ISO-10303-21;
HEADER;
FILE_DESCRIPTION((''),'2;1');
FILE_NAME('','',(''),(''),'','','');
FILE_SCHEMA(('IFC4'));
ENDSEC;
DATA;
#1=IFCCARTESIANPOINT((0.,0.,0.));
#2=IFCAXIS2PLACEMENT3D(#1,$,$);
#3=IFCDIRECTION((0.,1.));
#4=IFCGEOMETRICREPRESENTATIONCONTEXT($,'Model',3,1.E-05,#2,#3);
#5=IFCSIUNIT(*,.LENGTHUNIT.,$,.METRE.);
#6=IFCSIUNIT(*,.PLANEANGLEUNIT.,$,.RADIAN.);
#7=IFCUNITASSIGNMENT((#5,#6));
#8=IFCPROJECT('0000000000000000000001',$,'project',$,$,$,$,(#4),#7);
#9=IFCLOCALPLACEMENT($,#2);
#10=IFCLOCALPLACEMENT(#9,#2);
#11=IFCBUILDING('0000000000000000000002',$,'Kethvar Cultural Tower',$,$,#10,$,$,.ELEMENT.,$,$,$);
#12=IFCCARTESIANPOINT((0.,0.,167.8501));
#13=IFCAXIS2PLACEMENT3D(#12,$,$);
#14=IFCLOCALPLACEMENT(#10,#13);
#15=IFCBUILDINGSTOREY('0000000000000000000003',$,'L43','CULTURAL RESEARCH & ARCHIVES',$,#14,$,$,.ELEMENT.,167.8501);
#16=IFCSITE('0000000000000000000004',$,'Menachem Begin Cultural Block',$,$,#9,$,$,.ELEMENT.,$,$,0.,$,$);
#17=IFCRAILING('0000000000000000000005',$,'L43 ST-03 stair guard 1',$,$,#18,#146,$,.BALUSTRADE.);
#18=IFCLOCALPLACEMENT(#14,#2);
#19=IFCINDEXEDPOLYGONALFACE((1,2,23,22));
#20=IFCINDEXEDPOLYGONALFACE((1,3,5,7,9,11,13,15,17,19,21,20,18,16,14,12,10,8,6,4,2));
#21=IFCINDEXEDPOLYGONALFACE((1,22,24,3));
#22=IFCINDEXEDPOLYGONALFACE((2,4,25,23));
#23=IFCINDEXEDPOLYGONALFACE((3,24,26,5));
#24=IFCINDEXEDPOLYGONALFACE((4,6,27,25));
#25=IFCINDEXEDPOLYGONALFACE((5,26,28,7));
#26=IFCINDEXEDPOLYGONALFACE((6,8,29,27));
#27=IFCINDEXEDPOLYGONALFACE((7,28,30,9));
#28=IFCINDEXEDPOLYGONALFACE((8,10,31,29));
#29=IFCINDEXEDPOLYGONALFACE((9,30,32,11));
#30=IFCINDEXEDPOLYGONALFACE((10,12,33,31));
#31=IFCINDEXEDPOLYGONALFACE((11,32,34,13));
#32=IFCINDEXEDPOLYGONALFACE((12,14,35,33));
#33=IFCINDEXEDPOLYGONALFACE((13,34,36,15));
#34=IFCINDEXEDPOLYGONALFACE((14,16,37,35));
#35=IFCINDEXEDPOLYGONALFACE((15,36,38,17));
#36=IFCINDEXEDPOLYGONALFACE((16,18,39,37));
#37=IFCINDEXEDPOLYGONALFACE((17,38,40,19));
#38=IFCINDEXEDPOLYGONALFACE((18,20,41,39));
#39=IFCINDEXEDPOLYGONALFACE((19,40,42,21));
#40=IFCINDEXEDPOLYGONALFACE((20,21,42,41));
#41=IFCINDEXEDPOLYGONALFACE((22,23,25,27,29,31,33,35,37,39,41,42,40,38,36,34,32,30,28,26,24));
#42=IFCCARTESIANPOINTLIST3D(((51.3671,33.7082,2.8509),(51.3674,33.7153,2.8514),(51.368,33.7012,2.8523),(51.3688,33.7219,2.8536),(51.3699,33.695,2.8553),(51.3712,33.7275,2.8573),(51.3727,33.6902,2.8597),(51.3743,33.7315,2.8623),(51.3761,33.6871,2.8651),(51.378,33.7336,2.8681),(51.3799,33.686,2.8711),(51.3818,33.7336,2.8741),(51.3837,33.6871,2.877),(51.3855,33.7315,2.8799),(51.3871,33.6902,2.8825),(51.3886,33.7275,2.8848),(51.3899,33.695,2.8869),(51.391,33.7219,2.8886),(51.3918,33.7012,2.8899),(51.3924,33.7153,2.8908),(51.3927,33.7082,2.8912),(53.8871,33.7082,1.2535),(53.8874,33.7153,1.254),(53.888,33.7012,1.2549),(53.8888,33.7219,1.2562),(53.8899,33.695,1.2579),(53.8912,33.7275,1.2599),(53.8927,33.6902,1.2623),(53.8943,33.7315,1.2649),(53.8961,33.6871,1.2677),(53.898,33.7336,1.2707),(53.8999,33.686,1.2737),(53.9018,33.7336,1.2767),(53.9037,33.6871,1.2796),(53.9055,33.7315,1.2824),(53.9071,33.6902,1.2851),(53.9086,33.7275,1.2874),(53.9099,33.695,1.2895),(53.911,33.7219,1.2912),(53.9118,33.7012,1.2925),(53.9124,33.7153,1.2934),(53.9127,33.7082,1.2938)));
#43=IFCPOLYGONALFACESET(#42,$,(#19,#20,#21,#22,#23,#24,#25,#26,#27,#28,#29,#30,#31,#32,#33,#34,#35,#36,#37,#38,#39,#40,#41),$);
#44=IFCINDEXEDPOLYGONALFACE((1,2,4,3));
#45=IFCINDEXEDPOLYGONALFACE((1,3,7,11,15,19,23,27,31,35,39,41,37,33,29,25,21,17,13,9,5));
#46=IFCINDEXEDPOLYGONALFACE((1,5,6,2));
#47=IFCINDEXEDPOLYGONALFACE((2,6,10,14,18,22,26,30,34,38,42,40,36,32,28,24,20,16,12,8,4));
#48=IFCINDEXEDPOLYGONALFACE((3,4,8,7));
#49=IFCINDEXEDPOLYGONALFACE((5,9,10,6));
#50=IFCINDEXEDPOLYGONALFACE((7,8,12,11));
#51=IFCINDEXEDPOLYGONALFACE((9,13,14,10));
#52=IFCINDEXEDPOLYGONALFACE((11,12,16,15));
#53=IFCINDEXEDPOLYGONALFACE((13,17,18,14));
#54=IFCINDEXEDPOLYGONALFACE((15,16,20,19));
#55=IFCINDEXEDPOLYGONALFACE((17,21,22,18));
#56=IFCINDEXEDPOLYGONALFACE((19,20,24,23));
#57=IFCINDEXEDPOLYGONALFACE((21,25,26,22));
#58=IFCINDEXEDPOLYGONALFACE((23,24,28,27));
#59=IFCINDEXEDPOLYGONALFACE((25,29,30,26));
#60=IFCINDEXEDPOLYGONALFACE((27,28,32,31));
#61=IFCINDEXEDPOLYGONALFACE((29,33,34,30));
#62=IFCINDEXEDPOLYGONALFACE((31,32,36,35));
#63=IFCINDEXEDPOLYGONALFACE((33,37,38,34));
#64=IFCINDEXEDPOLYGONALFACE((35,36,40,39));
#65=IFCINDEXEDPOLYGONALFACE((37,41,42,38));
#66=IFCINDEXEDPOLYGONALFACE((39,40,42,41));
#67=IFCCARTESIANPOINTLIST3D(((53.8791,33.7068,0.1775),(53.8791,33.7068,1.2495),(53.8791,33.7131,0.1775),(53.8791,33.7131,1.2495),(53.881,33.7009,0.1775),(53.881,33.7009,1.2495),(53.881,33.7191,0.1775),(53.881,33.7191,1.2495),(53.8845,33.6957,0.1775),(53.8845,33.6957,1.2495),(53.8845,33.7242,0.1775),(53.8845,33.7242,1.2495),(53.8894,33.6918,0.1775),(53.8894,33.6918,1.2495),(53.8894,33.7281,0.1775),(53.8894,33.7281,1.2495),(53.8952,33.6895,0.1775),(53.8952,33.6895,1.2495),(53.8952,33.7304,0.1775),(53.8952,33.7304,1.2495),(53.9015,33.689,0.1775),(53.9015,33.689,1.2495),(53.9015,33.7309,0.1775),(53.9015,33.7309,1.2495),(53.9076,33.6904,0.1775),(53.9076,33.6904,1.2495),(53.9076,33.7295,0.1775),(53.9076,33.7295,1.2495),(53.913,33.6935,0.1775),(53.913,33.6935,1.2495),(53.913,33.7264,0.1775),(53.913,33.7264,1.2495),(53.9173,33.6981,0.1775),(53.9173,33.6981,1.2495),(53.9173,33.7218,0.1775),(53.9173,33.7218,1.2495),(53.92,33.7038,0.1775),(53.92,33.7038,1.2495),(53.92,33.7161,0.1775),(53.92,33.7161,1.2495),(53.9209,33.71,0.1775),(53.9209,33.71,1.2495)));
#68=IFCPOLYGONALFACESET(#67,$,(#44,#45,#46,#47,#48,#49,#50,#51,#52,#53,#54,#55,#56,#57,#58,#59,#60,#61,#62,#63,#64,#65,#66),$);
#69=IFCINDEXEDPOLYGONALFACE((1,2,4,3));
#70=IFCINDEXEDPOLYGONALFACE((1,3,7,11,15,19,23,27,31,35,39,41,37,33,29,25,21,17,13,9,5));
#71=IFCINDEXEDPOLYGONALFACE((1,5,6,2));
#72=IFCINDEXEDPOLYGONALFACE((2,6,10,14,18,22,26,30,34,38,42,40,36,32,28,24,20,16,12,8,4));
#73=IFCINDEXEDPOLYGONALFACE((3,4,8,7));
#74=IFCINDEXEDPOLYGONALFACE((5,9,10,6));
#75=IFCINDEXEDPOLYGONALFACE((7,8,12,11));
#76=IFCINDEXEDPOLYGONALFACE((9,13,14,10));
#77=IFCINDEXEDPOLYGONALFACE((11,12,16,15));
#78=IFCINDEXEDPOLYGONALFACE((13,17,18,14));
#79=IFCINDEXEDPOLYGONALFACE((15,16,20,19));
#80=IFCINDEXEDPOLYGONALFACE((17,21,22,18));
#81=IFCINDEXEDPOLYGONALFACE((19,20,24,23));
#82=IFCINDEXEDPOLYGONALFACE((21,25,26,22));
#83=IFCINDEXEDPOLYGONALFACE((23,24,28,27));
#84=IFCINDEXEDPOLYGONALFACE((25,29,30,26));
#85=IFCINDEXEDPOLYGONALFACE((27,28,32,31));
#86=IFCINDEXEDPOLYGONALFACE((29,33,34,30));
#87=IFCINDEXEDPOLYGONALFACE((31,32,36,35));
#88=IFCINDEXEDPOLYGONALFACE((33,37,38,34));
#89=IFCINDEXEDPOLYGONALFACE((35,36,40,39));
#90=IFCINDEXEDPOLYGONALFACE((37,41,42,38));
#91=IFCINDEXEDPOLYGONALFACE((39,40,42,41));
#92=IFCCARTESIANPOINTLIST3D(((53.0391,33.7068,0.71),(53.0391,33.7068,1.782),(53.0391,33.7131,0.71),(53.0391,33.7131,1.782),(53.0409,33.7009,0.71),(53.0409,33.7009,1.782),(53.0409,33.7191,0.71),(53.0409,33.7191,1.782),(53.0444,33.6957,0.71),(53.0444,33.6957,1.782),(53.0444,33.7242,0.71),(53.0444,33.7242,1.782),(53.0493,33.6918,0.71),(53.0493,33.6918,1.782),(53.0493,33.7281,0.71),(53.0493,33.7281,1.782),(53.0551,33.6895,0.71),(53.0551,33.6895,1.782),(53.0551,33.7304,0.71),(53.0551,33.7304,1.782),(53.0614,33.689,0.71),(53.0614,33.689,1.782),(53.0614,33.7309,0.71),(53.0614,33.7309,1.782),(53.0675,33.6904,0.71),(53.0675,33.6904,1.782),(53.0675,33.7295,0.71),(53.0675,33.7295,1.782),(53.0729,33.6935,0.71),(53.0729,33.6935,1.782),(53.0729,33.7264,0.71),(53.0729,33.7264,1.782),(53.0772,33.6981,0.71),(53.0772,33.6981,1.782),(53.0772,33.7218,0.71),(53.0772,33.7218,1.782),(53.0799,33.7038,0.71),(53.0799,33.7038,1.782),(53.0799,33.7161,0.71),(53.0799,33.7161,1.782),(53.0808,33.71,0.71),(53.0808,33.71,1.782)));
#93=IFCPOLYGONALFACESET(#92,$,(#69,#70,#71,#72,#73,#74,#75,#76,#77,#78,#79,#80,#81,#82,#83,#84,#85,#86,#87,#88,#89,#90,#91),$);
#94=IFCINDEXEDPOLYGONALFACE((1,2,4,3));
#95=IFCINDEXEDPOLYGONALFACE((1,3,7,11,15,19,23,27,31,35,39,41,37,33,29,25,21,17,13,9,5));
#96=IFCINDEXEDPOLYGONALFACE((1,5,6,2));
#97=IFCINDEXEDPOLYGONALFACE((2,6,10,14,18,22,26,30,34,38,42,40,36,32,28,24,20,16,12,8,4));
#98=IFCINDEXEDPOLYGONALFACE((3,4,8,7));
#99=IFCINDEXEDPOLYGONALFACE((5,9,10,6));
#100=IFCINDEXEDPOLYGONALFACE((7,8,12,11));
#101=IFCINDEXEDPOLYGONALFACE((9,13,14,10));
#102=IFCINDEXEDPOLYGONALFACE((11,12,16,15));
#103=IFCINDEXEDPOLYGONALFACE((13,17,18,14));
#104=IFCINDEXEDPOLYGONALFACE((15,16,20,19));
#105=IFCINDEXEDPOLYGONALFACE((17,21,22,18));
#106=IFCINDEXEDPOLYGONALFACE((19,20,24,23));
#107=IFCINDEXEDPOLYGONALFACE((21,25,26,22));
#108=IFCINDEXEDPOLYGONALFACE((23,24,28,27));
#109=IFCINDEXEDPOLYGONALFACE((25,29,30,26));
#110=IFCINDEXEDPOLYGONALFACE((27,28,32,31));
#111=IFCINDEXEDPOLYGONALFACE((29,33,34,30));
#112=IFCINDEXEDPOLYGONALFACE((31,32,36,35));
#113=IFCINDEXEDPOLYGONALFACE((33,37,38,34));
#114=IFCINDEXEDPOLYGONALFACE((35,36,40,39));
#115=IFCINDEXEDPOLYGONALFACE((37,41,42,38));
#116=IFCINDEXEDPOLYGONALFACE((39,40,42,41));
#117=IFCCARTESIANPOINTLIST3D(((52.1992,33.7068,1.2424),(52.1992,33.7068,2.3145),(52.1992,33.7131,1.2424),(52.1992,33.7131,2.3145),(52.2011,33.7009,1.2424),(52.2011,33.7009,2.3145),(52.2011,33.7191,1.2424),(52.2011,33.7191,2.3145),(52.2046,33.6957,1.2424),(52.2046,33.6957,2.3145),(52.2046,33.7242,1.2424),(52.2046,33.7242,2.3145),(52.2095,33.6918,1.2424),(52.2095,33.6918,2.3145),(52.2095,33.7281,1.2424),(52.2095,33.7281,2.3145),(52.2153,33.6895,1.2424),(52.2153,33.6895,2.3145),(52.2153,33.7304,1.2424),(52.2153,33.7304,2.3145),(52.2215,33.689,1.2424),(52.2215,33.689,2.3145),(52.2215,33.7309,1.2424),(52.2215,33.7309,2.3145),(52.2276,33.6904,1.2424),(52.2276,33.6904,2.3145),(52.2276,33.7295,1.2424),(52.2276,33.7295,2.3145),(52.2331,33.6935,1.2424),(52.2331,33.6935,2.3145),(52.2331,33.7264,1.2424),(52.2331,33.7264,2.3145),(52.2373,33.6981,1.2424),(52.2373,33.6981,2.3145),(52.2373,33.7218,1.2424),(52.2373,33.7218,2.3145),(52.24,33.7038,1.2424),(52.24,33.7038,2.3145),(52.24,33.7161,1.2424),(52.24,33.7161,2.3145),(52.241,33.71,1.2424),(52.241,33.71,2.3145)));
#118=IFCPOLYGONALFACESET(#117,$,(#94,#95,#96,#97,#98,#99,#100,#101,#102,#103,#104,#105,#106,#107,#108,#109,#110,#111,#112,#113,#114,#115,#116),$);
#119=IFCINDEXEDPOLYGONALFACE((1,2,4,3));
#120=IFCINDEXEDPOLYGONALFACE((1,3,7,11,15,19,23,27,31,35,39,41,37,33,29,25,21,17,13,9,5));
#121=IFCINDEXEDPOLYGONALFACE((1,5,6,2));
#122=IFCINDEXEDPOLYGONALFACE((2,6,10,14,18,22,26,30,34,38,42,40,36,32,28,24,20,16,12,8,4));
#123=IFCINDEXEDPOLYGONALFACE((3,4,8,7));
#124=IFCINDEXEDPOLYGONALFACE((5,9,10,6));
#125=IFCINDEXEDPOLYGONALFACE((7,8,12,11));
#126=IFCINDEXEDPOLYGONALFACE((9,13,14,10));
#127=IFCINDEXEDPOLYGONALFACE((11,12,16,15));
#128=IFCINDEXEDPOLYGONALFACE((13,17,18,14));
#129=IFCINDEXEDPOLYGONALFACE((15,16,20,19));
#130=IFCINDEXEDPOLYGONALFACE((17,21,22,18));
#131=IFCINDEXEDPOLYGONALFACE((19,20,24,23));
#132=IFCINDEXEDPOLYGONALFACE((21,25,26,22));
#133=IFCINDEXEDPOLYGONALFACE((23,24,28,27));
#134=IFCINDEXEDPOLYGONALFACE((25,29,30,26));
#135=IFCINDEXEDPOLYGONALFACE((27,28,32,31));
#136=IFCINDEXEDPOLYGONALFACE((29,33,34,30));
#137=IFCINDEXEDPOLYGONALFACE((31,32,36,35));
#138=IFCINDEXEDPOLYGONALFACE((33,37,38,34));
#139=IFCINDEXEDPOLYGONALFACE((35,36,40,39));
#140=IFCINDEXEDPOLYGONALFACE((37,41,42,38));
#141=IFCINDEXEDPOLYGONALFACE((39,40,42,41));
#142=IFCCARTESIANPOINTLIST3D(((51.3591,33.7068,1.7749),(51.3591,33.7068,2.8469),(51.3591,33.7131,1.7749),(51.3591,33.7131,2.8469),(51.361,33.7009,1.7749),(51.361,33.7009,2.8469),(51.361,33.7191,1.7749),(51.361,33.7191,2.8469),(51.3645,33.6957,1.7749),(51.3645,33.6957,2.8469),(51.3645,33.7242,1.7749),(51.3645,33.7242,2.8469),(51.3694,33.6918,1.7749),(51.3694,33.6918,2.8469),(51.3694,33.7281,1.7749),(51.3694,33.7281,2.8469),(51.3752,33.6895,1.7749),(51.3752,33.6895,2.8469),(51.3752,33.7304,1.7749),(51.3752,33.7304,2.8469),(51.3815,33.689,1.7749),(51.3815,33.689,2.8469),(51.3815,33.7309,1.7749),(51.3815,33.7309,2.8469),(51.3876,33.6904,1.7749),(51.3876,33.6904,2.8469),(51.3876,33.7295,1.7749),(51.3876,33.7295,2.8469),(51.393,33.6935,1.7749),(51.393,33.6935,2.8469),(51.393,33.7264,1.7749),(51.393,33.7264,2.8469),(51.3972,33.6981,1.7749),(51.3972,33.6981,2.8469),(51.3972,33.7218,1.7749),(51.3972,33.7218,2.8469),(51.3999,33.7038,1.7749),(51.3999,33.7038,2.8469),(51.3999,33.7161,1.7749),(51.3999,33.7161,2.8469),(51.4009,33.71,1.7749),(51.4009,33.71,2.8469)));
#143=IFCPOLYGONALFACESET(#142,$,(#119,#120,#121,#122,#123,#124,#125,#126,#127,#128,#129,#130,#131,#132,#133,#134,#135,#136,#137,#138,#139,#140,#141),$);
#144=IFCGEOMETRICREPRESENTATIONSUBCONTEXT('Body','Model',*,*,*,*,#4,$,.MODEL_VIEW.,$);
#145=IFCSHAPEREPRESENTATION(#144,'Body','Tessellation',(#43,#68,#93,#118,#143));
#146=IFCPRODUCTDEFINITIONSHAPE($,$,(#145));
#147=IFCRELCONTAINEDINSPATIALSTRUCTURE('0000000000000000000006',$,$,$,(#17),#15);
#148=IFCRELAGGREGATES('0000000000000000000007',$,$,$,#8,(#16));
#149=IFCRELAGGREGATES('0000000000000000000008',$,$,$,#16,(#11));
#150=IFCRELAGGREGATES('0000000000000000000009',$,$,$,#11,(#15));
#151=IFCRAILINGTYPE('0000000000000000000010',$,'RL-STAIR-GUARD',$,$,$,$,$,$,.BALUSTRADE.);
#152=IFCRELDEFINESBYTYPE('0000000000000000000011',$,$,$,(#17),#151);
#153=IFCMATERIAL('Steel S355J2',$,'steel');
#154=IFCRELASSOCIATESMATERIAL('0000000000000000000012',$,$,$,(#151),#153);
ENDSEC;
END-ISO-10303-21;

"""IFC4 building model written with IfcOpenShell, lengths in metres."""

from ifc_helpers import new_model, si_unit, direction, frame, origin, origin_2d, place, context, subcontext, project, spatial, circle, extrude, material, type_object, element, save


model = new_model("IFC4")

# Units and contexts
model_context = context("Model", 3, precision=1e-05, world=origin(), true_north=direction((0.0, 1.0)))
body_context = subcontext(model_context, "Body", "Model", "MODEL_VIEW")
ifc_project = project(units=[si_unit("LENGTHUNIT", "METRE"), si_unit("PLANEANGLEUNIT", "RADIAN")], contexts=[model_context])

# Site, building, storey
site_placement = place(None, origin())
site = spatial("IfcSite", under=ifc_project, at=site_placement, Name="Menachem Begin Cultural Block", CompositionType="ELEMENT", RefElevation=0.0)
building_placement = place(site_placement, origin())
building = spatial("IfcBuilding", under=site, at=building_placement, Name="Kethvar Cultural Tower", CompositionType="ELEMENT")
storey_placement = place(building_placement, frame((0.0, 0.0, 167.8501)))
storey = spatial("IfcBuildingStorey", under=building, at=storey_placement, Name="L43", Description="CULTURAL RESEARCH & ARCHIVES", CompositionType="ELEMENT", Elevation=167.8501)

# Shared definitions
ifc_material_1 = material(Name="Steel S355J2", Category="steel")

# Railing
railing_type_1 = type_object("IfcRailingType", Name="RL-STAIR-GUARD", PredefinedType="BALUSTRADE", material=ifc_material_1)
railing_1_placement = place(storey_placement, frame((53.8999, 33.71, 0.1775)))
element("IfcRailing", 1, at=railing_1_placement, inside=storey, type_object=railing_type_1, Name="L43 ST-03 stair guard 1", PredefinedType="BALUSTRADE", context=body_context, shape_type="SweptSolid", body=[
    extrude(circle(Radius=0.0239, at=origin_2d()), frame((0.0, 0.0, 1.0962), z_axis=(-0.844607, 0.0, 0.535387), x_axis=(0.0, -1.0, 0.0)), (0.0, 0.0, 1.0), 2.9836),
    extrude(circle(Radius=0.021, at=origin_2d()), origin(), (0.0, 0.0, 1.0), 1.072),
    extrude(circle(Radius=0.021, at=origin_2d()), frame((-0.8401, 0.0, 0.5325)), (0.0, 0.0, 1.0), 1.072),
    extrude(circle(Radius=0.021, at=origin_2d()), frame((-1.6799, 0.0, 1.0649)), (0.0, 0.0, 1.0), 1.072),
    extrude(circle(Radius=0.021, at=origin_2d()), frame((-2.52, 0.0, 1.5974)), (0.0, 0.0, 1.0), 1.072),
])

save(model, "model.ifc")
